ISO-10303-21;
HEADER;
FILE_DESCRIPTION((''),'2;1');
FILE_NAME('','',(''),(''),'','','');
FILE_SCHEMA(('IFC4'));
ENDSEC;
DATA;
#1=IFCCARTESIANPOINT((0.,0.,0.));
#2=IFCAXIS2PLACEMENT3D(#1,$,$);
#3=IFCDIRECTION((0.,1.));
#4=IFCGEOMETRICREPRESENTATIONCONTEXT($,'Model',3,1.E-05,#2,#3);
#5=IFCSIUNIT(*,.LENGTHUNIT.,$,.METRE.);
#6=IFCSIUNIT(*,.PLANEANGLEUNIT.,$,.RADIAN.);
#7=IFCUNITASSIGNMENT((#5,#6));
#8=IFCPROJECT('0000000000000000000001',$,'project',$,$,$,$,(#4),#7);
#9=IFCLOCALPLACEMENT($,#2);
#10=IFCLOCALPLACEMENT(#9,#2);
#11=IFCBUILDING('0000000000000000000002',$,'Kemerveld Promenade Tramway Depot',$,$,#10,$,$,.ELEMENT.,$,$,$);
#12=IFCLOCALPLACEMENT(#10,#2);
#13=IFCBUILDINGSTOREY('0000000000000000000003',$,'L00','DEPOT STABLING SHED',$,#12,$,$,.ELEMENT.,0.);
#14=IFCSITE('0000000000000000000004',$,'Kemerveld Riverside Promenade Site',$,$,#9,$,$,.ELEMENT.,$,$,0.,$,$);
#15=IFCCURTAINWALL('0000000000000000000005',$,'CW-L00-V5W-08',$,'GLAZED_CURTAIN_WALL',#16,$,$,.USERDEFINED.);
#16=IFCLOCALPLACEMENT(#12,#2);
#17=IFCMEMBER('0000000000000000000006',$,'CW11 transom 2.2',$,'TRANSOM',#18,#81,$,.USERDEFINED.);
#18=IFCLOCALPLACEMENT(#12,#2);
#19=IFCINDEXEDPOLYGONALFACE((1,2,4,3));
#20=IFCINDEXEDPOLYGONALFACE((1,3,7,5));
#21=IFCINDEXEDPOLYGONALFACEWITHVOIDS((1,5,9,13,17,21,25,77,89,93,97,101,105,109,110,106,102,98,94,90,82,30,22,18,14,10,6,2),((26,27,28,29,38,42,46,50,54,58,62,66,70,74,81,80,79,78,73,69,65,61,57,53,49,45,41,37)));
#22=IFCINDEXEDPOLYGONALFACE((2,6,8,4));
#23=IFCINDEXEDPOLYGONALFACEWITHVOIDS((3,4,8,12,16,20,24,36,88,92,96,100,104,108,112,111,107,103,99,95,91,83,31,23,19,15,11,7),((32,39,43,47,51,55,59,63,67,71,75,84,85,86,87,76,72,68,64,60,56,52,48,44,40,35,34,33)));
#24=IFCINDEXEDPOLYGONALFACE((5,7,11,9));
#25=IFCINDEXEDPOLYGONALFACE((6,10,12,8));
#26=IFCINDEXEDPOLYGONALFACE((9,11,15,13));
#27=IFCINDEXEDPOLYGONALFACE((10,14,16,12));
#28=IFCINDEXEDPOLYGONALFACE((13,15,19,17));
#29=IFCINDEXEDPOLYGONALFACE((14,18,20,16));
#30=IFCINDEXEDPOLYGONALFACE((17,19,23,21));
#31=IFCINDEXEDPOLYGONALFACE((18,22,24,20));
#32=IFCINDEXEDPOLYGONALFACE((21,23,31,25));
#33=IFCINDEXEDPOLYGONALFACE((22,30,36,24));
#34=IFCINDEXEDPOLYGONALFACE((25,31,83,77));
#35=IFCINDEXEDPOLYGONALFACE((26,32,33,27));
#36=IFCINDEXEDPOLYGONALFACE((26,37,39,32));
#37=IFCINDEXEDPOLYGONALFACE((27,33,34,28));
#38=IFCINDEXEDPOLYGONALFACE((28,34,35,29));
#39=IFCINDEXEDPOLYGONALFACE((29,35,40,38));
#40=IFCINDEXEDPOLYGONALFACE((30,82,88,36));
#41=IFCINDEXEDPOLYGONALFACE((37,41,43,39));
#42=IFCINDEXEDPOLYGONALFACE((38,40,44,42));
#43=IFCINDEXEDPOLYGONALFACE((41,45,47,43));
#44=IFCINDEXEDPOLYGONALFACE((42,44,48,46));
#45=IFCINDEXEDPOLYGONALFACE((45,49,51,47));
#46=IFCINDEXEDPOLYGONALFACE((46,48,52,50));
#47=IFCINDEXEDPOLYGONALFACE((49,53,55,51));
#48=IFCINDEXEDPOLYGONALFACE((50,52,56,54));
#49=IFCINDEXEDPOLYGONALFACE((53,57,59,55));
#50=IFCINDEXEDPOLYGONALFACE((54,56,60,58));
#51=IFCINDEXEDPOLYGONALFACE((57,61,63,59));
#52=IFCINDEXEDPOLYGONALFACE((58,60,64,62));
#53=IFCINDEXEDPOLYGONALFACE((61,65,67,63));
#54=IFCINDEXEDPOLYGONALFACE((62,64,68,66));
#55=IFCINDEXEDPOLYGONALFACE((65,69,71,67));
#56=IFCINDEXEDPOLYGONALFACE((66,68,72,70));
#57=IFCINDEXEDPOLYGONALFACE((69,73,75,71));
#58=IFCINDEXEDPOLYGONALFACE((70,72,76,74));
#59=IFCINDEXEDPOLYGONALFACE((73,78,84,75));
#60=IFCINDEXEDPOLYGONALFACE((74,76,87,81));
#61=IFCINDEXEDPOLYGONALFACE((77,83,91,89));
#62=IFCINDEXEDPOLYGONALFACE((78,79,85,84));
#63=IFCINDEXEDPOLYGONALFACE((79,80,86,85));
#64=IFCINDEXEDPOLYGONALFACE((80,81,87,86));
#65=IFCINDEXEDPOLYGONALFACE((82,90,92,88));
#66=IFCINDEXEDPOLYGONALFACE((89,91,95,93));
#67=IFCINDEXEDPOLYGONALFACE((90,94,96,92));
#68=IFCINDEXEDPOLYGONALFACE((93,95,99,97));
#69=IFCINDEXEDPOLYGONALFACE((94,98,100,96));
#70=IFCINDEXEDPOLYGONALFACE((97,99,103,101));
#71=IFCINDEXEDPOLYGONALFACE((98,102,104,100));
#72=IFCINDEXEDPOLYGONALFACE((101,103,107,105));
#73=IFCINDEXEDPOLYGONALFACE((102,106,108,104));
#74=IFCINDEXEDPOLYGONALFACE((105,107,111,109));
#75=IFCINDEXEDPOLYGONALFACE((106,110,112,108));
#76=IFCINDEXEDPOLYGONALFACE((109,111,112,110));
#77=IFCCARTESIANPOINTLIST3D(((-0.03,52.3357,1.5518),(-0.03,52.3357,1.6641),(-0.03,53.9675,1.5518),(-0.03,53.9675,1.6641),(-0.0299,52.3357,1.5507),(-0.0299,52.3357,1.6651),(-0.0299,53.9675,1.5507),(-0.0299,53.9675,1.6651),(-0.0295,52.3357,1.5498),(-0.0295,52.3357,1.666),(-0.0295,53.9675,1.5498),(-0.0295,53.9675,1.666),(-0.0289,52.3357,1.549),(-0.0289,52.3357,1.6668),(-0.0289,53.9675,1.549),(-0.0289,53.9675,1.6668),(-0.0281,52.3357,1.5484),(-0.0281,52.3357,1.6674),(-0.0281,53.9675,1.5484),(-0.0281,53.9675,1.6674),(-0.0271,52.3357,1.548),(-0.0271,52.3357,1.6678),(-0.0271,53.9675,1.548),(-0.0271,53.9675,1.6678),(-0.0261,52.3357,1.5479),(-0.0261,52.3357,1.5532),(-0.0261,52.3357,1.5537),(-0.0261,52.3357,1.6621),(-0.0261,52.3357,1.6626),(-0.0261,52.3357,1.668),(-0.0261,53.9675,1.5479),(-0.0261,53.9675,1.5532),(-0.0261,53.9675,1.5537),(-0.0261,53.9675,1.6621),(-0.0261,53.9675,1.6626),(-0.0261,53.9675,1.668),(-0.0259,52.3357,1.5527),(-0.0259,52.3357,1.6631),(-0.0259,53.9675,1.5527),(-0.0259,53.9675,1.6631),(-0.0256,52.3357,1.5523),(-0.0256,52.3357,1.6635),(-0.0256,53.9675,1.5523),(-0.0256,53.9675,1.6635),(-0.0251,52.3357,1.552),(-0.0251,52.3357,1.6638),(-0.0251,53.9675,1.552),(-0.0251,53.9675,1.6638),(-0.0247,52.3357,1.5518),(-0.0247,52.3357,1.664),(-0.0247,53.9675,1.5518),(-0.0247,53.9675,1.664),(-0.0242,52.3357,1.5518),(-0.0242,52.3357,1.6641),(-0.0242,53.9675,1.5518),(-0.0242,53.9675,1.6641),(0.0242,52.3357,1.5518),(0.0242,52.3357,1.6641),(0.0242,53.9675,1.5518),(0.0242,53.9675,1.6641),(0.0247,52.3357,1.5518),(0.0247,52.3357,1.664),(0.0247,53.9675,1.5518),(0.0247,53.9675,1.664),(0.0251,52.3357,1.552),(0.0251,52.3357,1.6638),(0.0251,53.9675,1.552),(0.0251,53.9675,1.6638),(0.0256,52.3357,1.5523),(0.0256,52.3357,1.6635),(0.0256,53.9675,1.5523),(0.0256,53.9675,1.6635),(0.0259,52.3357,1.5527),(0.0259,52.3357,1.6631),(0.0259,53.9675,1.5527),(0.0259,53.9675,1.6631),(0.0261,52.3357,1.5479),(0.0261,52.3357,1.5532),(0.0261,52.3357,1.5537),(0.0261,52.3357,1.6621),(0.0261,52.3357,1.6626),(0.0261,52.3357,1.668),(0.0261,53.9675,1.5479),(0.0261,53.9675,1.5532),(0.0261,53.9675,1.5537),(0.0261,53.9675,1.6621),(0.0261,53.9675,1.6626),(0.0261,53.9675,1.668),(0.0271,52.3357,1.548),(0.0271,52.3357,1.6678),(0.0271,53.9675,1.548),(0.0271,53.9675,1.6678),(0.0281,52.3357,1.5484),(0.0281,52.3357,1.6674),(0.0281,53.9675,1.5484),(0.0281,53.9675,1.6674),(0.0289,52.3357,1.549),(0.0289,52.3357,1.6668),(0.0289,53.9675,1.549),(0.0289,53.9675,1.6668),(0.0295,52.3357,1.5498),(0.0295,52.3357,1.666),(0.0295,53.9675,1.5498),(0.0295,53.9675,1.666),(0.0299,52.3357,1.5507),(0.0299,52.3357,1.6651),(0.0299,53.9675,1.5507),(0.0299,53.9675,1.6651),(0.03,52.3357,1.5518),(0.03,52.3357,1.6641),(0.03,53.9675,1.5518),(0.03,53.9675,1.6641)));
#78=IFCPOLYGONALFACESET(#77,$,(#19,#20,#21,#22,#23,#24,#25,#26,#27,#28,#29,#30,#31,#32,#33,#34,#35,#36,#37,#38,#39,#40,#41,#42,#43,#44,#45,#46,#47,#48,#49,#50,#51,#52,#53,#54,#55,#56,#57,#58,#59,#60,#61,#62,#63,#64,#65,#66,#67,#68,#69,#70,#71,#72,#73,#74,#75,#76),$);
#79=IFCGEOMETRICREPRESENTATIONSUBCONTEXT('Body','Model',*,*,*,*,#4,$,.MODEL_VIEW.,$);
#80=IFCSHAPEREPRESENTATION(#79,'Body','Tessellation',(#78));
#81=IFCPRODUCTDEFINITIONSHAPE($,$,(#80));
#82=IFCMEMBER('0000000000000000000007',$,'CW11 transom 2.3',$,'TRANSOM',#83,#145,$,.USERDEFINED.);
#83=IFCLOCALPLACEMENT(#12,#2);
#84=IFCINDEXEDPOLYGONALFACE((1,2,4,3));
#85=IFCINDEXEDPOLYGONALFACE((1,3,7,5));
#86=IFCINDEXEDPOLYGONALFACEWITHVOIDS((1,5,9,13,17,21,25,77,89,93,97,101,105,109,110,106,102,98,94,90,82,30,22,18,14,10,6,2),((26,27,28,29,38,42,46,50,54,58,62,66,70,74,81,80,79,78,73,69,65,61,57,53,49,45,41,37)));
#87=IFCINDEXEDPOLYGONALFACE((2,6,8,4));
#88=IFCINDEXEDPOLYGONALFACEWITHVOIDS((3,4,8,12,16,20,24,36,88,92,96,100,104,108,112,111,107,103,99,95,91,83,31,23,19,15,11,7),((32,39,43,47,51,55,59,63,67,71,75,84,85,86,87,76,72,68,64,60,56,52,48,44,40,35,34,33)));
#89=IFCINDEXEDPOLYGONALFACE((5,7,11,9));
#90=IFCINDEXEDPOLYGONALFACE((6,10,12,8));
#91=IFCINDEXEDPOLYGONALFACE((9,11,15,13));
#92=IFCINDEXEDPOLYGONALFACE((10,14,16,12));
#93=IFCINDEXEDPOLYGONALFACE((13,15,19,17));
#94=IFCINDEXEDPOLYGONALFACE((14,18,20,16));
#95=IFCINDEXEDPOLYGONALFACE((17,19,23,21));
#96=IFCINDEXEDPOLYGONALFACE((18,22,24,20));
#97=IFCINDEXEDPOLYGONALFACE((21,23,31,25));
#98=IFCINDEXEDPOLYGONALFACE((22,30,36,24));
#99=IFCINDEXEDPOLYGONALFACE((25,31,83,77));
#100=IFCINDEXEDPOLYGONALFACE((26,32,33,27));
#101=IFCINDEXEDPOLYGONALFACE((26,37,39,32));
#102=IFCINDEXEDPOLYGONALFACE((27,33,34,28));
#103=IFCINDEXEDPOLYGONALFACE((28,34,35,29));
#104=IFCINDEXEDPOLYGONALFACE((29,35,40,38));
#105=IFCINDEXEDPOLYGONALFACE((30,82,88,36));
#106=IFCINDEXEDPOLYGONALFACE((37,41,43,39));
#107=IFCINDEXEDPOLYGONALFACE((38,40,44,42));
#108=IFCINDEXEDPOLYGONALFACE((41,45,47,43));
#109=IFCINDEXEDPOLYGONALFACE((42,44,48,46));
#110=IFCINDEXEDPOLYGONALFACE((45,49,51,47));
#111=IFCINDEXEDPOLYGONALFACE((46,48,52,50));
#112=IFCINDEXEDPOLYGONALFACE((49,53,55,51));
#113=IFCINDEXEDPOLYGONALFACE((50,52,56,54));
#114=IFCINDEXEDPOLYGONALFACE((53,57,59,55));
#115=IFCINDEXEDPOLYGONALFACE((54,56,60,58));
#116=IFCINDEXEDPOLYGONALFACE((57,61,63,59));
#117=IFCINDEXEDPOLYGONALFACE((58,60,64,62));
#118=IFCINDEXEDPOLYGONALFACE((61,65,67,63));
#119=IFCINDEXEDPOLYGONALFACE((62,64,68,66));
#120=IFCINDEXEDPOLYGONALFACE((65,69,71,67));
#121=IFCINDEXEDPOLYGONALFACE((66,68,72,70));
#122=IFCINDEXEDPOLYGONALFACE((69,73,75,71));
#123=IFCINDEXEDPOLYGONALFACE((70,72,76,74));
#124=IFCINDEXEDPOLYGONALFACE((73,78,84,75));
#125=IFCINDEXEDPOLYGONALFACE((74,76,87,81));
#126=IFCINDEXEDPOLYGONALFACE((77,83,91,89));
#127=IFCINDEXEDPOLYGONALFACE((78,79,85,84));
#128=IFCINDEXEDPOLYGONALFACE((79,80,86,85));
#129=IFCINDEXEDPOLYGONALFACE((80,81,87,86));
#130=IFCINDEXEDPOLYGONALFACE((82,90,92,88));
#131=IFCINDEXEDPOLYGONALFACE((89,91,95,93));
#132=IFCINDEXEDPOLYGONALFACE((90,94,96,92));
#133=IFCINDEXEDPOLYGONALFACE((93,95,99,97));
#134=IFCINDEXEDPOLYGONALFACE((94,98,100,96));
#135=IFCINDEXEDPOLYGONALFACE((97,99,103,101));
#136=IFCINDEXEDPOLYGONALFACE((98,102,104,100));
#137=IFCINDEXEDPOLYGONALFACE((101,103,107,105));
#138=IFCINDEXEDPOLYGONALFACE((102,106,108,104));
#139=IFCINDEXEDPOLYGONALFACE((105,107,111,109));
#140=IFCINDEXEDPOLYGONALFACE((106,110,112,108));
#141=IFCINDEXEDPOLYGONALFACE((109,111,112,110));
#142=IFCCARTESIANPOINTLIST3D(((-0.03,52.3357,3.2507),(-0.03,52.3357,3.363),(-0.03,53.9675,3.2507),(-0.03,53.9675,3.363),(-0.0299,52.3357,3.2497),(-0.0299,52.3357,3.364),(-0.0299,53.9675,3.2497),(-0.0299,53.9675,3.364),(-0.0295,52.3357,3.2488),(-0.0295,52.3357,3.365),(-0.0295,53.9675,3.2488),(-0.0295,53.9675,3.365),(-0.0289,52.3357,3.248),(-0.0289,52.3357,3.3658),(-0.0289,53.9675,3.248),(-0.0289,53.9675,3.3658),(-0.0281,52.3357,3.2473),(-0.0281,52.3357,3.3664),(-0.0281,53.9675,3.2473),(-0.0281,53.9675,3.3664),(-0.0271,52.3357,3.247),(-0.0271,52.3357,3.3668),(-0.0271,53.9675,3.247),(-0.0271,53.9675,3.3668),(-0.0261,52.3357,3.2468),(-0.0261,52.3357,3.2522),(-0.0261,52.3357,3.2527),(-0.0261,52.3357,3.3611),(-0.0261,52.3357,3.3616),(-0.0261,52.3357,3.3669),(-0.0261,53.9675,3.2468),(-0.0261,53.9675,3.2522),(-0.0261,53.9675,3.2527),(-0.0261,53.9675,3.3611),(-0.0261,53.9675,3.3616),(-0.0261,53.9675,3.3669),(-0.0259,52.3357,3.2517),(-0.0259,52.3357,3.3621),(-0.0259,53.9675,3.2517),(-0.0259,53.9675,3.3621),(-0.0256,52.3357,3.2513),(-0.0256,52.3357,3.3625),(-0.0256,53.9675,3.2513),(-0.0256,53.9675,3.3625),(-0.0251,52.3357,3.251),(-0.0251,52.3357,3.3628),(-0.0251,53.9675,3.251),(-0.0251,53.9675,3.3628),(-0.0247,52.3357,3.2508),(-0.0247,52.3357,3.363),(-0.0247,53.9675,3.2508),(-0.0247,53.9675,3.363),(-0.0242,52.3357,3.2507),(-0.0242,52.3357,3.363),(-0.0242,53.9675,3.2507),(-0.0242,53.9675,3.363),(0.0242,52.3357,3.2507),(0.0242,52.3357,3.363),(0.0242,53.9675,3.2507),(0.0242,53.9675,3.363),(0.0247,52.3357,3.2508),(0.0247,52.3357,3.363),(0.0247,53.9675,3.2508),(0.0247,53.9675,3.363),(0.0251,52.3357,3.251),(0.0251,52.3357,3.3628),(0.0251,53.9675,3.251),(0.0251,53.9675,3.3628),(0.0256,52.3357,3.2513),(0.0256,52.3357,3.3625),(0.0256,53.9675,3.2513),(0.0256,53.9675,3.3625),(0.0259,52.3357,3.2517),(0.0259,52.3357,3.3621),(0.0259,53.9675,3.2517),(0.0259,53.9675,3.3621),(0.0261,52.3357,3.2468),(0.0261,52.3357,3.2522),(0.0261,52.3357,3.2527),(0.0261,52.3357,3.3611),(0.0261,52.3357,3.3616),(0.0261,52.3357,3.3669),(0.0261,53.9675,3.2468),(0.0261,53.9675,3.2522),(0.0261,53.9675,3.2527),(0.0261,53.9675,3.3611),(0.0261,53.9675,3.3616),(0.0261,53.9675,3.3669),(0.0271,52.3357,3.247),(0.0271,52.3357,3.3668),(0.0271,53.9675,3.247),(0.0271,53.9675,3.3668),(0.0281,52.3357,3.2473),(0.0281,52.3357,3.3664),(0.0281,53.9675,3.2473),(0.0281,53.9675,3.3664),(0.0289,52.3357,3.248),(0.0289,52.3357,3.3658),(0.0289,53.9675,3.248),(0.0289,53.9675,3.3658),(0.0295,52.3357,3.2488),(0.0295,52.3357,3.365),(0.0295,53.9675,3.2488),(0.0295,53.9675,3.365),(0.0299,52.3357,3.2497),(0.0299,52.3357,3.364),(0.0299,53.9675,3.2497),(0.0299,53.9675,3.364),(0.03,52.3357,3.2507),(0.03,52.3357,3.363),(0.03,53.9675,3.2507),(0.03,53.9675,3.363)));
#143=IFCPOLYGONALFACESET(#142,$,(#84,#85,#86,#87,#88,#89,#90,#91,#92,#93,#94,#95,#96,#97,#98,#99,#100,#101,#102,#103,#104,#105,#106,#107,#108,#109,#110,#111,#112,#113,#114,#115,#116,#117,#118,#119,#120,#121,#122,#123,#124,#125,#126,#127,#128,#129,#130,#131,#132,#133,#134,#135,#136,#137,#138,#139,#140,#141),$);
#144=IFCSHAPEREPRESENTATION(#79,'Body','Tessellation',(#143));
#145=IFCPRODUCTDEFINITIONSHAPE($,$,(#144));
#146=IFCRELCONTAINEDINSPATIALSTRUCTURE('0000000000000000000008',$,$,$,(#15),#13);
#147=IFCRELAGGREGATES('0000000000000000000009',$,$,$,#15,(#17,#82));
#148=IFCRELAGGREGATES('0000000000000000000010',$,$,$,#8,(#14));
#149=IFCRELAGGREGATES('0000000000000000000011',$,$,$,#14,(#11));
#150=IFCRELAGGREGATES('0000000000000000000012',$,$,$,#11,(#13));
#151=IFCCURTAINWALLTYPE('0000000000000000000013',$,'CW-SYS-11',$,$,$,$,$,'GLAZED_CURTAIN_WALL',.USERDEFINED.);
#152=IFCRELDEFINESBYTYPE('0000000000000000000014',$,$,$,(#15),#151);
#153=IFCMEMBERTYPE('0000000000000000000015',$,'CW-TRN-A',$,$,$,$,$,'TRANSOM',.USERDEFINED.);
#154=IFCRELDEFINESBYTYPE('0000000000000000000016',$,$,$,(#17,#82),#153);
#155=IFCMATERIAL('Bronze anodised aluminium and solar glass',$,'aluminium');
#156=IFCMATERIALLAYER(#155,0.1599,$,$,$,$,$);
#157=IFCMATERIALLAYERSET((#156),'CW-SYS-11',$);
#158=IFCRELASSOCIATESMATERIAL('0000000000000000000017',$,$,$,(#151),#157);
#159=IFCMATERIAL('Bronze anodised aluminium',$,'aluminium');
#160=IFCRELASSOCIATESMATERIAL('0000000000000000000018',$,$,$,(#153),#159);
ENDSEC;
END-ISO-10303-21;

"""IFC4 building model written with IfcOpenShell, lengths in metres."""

from ifc_helpers import new_model, si_unit, direction, frame, origin, origin_2d, place, context, subcontext, project, spatial, hollow_rectangle, extrude, material, layer, layer_set, material_profile, profile_set, type_object, element, aggregate, save


model = new_model("IFC4")

# Units and contexts
model_context = context("Model", 3, precision=1e-05, world=origin(), true_north=direction((0.0, 1.0)))
body_context = subcontext(model_context, "Body", "Model", "MODEL_VIEW")
ifc_project = project(units=[si_unit("LENGTHUNIT", "METRE"), si_unit("PLANEANGLEUNIT", "RADIAN")], contexts=[model_context])

# Site, building, storey
site_placement = place(None, origin())
site = spatial("IfcSite", under=ifc_project, at=site_placement, Name="Kemerveld Riverside Promenade Site", CompositionType="ELEMENT", RefElevation=0.0)
building_placement = place(site_placement, origin())
building = spatial("IfcBuilding", under=site, at=building_placement, Name="Kemerveld Promenade Tramway Depot", CompositionType="ELEMENT")
storey_placement = place(building_placement, origin())
storey = spatial("IfcBuildingStorey", under=building, at=storey_placement, Name="L00", Description="DEPOT STABLING SHED", CompositionType="ELEMENT", Elevation=0.0)

# Curtain wall, members
ifc_material_1 = material(Name="Bronze anodised aluminium and solar glass", Category="aluminium")
ifc_layer_1 = layer(ifc_material_1, 0.1599)
ifc_layer_set_1 = layer_set([ifc_layer_1], Name="CW-SYS-11")
curtain_wall_type = type_object("IfcCurtainWallType", Name="CW-SYS-11", ElementType="GLAZED_CURTAIN_WALL", PredefinedType="USERDEFINED", material=ifc_layer_set_1)
curtain_wall_placement = place(storey_placement, origin())
curtain_wall = element("IfcCurtainWall", 1, at=curtain_wall_placement, inside=storey, type_object=curtain_wall_type, Name="CW-L00-V5W-08", ObjectType="GLAZED_CURTAIN_WALL", PredefinedType="USERDEFINED")
ifc_material_2 = material(Name="Bronze anodised aluminium", Category="aluminium")
ifc_material_profile_1 = material_profile(ifc_material_2, hollow_rectangle(XDim=0.0601, YDim=0.1201, WallThickness=0.0039, InnerFilletRadius=0.002, OuterFilletRadius=0.0039, at=origin_2d()), Name="CW-TRN-120x60")
ifc_profile_set_1 = profile_set([ifc_material_profile_1], Name="Bronze anodised aluminium")
member_type_1 = type_object("IfcMemberType", Name="CW-TRN-A", ElementType="TRANSOM", PredefinedType="USERDEFINED", material=ifc_profile_set_1)
member_1_placement = place(storey_placement, frame((0.0, 52.3357, 1.6079), z_axis=(0.0, 1.0, 0.0), x_axis=(-1.0, 0.0, 0.0)))
member_1 = element("IfcMember", 2, at=member_1_placement, type_object=member_type_1, Name="CW11 transom 2.2", ObjectType="TRANSOM", PredefinedType="USERDEFINED", context=body_context, shape_type="SweptSolid", body=[
    extrude(hollow_rectangle(XDim=0.0601, YDim=0.1201, WallThickness=0.0039, InnerFilletRadius=0.002, OuterFilletRadius=0.0039, at=origin_2d()), origin(), (0.0, 0.0, 1.0), 1.6318),
])
member_2_placement = place(storey_placement, frame((0.0, 52.3357, 3.3069), z_axis=(0.0, 1.0, 0.0), x_axis=(-1.0, 0.0, 0.0)))
member_2 = element("IfcMember", 3, at=member_2_placement, type_object=member_type_1, Name="CW11 transom 2.3", ObjectType="TRANSOM", PredefinedType="USERDEFINED", context=body_context, shape_type="SweptSolid", body=[
    extrude(hollow_rectangle(XDim=0.0601, YDim=0.1201, WallThickness=0.0039, InnerFilletRadius=0.002, OuterFilletRadius=0.0039, at=origin_2d()), origin(), (0.0, 0.0, 1.0), 1.6318),
])
aggregate(curtain_wall, [member_1, member_2])

save(model, "model.ifc")
